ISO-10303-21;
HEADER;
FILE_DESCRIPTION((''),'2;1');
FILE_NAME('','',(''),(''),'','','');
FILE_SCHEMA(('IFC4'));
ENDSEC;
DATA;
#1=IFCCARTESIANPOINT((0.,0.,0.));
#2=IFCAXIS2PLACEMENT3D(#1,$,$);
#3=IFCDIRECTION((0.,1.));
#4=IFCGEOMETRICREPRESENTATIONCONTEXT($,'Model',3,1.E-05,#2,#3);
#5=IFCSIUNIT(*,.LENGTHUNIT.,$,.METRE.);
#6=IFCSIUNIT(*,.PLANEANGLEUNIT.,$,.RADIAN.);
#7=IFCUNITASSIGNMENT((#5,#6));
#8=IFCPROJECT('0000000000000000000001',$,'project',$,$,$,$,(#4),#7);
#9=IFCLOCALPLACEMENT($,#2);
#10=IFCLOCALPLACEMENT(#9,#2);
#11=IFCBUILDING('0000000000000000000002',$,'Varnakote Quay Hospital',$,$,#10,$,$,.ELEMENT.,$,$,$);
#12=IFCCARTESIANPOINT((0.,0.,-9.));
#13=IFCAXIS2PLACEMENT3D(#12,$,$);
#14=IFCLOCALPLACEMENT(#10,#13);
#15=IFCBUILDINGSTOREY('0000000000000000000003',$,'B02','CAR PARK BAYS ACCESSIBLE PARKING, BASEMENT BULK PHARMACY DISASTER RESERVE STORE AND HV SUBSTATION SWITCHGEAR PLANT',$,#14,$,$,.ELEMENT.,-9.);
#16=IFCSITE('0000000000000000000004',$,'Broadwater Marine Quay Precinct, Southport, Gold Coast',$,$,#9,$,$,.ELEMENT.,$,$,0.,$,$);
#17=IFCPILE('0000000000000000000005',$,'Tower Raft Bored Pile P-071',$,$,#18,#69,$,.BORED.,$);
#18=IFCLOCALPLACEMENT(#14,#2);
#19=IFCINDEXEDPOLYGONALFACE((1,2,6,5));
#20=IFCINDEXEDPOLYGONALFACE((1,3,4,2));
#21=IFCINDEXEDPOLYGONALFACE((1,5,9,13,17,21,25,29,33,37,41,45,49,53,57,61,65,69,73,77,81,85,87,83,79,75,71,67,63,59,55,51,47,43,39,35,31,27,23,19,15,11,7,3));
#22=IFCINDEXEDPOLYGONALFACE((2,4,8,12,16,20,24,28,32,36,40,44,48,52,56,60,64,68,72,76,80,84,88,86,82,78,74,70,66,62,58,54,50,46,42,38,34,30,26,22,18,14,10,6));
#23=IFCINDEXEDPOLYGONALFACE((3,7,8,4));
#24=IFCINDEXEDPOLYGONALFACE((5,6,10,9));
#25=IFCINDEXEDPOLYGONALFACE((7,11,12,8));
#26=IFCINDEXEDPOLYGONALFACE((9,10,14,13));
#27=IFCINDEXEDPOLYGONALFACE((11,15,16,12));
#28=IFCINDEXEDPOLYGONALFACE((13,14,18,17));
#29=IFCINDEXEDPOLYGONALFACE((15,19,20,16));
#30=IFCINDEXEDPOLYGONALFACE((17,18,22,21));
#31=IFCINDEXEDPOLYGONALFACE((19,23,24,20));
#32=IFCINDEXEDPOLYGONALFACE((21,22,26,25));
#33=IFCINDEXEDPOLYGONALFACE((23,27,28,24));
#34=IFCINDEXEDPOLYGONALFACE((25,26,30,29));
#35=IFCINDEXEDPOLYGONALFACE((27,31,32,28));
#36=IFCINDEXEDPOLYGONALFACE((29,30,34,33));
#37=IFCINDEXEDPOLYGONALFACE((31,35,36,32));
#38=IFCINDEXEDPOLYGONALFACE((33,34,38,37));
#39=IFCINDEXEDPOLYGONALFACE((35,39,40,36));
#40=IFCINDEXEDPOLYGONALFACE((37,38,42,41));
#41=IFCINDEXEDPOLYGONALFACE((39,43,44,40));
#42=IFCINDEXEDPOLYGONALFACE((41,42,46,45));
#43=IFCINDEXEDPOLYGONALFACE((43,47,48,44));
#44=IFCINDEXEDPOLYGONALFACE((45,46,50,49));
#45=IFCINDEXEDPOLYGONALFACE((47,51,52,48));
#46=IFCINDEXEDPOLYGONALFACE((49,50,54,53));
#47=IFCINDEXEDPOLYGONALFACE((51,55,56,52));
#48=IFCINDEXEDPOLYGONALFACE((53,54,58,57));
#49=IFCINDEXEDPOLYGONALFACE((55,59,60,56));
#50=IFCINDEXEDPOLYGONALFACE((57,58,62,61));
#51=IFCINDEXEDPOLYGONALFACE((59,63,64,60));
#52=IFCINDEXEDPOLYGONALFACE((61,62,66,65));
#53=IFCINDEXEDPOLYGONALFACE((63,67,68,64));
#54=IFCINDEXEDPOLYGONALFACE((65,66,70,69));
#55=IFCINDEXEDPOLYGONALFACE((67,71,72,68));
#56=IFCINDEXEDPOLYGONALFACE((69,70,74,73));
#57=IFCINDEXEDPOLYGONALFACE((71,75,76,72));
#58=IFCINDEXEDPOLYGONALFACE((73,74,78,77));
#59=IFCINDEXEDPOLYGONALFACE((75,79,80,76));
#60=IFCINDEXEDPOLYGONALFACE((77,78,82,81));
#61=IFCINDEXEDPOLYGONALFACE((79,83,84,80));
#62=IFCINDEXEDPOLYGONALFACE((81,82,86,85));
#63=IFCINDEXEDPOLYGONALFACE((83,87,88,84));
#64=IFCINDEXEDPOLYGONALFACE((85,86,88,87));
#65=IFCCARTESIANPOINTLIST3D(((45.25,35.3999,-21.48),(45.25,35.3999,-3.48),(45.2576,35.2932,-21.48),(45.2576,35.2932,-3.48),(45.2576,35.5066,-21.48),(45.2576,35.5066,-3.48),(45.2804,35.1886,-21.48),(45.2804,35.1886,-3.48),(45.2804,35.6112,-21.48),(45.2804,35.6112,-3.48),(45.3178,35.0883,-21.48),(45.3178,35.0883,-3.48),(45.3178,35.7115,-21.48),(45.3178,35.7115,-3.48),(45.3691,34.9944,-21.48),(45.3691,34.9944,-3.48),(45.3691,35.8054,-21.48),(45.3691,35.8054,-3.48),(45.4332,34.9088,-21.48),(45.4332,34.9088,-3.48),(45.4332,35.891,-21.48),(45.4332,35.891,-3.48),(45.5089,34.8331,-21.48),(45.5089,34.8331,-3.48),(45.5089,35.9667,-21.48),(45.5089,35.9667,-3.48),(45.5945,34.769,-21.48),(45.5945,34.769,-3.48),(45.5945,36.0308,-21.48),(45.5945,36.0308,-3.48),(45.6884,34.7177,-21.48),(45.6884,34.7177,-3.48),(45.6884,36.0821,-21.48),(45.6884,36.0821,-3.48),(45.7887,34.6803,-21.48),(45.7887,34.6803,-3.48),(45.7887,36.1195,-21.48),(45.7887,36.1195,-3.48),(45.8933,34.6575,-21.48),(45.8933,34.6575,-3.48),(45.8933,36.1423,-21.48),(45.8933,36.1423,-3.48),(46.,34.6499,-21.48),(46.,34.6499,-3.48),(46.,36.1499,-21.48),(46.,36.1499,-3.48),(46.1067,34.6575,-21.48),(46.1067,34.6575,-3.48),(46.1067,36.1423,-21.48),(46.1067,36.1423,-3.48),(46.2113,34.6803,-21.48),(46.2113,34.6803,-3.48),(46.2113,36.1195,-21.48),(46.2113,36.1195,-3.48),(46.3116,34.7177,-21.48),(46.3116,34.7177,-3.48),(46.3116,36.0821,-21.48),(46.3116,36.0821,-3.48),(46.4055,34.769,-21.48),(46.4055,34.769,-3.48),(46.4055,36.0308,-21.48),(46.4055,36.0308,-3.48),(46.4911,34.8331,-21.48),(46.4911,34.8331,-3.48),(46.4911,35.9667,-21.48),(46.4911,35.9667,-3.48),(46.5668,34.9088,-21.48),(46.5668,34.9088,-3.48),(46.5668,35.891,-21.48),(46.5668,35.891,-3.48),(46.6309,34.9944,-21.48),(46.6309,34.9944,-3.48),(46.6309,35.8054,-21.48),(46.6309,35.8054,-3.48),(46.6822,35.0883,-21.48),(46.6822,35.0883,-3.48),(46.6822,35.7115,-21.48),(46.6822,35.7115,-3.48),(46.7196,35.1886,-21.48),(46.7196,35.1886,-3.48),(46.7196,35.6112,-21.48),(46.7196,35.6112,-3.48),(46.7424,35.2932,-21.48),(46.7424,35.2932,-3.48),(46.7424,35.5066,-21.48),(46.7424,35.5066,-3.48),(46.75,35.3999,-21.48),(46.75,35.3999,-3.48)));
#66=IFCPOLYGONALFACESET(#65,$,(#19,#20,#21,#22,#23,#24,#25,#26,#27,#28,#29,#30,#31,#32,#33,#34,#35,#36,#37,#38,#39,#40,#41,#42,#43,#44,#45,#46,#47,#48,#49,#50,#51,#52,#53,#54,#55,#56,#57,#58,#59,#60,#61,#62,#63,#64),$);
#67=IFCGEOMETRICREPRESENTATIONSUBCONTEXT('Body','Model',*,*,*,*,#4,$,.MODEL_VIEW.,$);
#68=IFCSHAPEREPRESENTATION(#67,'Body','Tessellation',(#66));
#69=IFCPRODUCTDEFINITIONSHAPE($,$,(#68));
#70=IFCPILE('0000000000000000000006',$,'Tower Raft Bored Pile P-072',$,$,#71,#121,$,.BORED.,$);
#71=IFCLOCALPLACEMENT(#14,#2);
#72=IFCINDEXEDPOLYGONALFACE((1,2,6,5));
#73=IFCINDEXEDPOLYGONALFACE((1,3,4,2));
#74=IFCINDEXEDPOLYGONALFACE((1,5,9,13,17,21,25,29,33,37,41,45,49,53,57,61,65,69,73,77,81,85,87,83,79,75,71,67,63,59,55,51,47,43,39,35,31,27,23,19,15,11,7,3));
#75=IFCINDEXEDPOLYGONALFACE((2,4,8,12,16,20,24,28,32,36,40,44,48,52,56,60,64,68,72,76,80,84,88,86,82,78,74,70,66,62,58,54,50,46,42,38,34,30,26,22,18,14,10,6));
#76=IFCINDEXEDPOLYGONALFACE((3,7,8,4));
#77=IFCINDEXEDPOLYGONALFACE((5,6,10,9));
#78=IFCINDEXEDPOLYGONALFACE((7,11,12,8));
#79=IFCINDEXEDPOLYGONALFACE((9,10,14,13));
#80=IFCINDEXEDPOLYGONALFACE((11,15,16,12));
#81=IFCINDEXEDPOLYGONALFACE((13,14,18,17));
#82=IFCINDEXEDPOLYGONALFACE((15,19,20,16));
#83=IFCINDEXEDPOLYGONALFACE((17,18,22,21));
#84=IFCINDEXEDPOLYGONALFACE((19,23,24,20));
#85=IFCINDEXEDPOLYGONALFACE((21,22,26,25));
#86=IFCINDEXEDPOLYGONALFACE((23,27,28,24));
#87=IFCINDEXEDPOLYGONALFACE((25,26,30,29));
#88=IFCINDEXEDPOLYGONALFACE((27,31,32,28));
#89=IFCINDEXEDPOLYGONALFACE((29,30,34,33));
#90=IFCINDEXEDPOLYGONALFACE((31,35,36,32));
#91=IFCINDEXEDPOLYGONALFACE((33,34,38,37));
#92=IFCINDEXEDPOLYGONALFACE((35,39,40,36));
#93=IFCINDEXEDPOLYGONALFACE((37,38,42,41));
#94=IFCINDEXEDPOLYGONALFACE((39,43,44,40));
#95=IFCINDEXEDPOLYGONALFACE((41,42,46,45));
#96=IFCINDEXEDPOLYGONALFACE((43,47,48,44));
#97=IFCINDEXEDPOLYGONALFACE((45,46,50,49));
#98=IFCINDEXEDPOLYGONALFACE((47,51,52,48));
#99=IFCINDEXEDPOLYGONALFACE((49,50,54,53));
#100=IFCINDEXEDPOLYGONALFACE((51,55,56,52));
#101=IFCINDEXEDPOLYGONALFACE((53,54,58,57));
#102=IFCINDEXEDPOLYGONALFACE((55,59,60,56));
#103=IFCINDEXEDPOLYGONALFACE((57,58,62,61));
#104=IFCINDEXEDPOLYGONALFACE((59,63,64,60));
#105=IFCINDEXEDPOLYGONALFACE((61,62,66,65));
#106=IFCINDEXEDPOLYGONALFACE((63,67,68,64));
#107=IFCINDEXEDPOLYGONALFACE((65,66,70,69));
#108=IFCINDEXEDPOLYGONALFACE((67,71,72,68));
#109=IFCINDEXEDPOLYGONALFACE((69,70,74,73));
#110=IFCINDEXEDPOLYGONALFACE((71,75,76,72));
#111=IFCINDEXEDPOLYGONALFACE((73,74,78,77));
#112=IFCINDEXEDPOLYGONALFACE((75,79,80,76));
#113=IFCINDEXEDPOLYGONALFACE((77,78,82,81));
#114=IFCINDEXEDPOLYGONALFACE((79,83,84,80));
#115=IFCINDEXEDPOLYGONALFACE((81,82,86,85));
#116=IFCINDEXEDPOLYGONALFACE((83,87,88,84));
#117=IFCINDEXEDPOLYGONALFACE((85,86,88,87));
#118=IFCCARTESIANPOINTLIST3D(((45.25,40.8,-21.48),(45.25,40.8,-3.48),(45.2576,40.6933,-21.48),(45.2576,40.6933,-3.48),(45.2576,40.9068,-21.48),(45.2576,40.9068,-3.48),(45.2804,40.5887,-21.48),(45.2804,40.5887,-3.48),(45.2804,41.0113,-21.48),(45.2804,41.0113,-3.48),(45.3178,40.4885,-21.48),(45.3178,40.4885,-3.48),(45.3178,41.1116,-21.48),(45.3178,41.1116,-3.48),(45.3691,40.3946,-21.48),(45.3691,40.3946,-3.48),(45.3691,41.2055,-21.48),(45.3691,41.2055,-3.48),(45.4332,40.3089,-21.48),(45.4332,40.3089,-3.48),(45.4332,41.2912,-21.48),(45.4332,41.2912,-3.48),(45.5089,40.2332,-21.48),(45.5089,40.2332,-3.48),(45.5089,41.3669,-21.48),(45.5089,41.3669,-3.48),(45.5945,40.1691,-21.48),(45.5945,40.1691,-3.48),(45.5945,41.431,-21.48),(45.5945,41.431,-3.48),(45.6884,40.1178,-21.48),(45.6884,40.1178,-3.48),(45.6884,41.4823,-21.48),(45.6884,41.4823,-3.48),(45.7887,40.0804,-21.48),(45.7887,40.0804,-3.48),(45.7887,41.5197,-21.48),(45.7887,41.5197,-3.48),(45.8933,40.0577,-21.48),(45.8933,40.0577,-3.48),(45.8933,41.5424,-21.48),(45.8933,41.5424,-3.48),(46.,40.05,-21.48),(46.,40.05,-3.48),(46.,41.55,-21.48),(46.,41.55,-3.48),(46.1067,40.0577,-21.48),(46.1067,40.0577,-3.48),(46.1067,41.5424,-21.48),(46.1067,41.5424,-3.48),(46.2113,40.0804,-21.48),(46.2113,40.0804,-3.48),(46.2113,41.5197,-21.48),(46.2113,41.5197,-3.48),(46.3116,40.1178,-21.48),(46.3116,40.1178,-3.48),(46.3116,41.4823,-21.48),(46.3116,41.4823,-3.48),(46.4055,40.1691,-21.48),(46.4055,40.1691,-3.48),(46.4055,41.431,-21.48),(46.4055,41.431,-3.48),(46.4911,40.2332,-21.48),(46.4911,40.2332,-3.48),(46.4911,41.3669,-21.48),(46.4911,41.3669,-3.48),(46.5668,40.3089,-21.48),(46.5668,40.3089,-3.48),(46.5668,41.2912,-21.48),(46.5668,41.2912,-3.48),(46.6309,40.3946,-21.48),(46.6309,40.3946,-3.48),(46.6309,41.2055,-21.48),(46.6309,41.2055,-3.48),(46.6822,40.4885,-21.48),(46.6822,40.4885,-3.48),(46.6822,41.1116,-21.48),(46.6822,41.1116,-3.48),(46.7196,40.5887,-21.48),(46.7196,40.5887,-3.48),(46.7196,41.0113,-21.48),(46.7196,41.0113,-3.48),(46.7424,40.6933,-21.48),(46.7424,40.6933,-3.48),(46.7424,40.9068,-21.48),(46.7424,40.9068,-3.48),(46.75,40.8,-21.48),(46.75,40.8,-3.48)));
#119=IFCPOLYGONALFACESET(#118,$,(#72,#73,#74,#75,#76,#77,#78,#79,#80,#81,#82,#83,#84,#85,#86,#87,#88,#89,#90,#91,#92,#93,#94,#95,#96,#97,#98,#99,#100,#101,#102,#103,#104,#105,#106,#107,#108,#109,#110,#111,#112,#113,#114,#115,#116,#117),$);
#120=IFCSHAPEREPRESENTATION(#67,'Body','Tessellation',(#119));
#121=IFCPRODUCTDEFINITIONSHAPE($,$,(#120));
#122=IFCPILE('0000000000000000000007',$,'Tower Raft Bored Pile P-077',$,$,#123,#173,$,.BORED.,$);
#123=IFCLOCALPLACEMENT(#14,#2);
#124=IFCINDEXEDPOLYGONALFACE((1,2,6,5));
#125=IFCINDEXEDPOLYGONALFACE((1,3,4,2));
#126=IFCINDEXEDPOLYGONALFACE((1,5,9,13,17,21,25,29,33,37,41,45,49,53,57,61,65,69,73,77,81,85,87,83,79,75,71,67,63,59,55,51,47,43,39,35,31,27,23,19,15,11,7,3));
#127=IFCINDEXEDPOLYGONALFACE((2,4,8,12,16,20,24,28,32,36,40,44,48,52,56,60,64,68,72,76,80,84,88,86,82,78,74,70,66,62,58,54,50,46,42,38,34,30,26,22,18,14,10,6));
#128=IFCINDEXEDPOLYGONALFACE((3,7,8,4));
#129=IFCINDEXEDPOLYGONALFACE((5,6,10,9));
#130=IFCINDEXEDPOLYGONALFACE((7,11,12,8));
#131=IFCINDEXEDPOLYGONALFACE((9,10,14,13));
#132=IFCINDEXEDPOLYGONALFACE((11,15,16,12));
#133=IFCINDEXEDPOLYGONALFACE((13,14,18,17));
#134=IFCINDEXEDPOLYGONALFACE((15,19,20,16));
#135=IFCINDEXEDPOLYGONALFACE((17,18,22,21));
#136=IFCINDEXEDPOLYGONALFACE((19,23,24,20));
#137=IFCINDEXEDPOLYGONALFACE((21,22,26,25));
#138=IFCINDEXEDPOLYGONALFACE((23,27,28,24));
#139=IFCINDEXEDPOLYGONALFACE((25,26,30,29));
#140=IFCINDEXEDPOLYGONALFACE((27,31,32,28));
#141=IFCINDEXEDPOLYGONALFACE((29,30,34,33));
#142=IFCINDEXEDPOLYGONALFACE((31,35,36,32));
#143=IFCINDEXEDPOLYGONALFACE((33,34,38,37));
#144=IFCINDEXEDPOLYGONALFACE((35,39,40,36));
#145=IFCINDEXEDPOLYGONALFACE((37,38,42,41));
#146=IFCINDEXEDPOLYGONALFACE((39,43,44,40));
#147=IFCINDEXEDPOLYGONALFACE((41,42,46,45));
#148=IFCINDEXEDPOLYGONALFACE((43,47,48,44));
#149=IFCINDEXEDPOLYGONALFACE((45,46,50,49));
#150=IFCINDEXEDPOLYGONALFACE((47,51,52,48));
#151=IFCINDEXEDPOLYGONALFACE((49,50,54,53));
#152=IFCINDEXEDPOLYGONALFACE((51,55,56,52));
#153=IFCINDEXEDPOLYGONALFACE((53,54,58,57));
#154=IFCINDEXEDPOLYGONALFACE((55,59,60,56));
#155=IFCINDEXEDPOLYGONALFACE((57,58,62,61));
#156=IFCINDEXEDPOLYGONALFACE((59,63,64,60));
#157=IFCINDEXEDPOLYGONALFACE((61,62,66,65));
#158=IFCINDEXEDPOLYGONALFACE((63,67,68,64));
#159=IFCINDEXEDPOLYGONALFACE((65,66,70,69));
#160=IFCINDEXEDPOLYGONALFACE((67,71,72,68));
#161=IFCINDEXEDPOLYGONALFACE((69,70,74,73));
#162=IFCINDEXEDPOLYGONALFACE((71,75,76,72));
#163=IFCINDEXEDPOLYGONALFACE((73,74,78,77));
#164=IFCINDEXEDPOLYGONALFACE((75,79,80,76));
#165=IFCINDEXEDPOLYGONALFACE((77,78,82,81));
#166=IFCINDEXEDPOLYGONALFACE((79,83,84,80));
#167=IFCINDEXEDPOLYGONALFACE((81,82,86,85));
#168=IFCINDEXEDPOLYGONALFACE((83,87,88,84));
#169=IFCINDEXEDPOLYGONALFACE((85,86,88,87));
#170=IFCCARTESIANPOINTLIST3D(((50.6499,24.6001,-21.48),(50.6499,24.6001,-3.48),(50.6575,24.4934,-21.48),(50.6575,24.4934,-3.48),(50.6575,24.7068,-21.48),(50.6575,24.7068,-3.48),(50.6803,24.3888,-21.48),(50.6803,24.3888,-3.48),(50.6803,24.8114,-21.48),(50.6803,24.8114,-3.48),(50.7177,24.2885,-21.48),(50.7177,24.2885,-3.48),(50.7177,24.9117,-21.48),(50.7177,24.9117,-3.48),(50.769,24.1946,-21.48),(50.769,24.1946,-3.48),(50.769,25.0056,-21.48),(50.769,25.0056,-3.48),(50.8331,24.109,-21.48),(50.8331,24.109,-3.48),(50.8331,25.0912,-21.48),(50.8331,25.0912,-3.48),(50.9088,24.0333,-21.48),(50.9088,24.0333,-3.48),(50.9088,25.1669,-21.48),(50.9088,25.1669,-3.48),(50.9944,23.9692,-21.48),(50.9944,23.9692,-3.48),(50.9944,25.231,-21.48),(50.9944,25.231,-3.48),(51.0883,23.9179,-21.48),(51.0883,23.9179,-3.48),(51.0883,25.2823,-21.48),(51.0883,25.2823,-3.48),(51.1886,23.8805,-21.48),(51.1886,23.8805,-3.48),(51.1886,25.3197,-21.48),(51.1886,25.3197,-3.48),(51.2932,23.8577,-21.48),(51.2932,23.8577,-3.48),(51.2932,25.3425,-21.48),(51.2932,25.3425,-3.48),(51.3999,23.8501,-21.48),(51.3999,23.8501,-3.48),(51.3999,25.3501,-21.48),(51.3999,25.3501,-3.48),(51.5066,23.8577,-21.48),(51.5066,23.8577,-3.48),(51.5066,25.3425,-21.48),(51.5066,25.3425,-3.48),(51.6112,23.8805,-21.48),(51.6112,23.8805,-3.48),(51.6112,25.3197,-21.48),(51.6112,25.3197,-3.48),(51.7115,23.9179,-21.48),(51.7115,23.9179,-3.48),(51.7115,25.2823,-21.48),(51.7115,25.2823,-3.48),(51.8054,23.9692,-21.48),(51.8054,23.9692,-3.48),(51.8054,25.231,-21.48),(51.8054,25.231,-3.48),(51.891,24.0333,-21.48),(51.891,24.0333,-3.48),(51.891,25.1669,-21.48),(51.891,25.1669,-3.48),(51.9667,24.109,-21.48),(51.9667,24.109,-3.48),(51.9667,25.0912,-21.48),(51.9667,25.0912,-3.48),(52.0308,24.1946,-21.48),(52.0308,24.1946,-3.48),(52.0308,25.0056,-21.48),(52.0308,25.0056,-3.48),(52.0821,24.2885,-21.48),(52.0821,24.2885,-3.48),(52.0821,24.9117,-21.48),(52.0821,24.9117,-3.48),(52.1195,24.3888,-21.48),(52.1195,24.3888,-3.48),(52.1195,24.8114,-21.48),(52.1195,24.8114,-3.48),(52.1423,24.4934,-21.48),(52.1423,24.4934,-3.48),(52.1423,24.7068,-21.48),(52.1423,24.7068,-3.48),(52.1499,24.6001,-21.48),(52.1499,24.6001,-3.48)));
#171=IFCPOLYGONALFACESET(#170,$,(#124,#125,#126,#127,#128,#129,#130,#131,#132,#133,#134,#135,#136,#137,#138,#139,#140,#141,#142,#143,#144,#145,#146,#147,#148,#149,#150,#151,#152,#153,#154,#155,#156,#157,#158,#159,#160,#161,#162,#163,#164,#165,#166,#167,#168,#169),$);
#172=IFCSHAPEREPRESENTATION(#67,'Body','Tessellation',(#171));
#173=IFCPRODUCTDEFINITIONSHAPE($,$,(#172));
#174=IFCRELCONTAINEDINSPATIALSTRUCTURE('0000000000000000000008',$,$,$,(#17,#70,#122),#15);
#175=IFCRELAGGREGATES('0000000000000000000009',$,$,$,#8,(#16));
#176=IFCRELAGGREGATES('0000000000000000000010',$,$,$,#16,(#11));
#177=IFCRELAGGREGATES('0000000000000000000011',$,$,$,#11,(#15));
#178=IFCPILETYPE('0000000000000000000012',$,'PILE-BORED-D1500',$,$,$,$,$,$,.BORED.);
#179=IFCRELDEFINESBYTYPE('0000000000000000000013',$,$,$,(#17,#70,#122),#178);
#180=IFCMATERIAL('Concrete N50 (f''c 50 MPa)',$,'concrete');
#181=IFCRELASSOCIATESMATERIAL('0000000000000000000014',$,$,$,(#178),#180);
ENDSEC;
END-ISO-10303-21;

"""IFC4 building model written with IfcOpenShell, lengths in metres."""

from ifc_helpers import new_model, si_unit, direction, frame, origin, origin_2d, place, context, subcontext, project, spatial, circle, extrude, material, material_profile, profile_set, type_object, element, save


model = new_model("IFC4")

# Units and contexts
model_context = context("Model", 3, precision=1e-05, world=origin(), true_north=direction((0.0, 1.0)))
body_context = subcontext(model_context, "Body", "Model", "MODEL_VIEW")
ifc_project = project(units=[si_unit("LENGTHUNIT", "METRE"), si_unit("PLANEANGLEUNIT", "RADIAN")], contexts=[model_context])

# Site, building, storey
site_placement = place(None, origin())
site = spatial("IfcSite", under=ifc_project, at=site_placement, Name="Broadwater Marine Quay Precinct, Southport, Gold Coast", CompositionType="ELEMENT", RefElevation=0.0)
building_placement = place(site_placement, origin())
building = spatial("IfcBuilding", under=site, at=building_placement, Name="Varnakote Quay Hospital", CompositionType="ELEMENT")
storey_placement = place(building_placement, frame((0.0, 0.0, -9.0)))
storey = spatial("IfcBuildingStorey", under=building, at=storey_placement, Name="B02", Description="CAR PARK BAYS ACCESSIBLE PARKING, BASEMENT BULK PHARMACY DISASTER RESERVE STORE AND HV SUBSTATION SWITCHGEAR PLANT", CompositionType="ELEMENT", Elevation=-9.0)

# Piles
ifc_material_1 = material(Name="Concrete N50 (f'c 50 MPa)", Category="concrete")
ifc_material_profile_1 = material_profile(ifc_material_1, circle(Radius=0.75, at=origin_2d()), Name="PILE-D1500")
ifc_profile_set_1 = profile_set([ifc_material_profile_1], Name="Concrete N50 (f'c 50 MPa)")
pile_type_1 = type_object("IfcPileType", Name="PILE-BORED-D1500", PredefinedType="BORED", material=ifc_profile_set_1)
for number, where, z_axis, x_axis, name in (
    (1, (46.0, 35.3999, -3.48), (0.0, 0.0, -1.0), (1.0, 0.0, 0.0), "Tower Raft Bored Pile P-071"),
    (2, (46.0, 40.8, -3.48), (0.0, 0.0, -1.0), (1.0, 0.0, 0.0), "Tower Raft Bored Pile P-072"),
    (3, (51.3999, 24.6001, -3.48), (0.0, 0.0, -1.0), (1.0, 0.0, 0.0), "Tower Raft Bored Pile P-077"),
):
    element("IfcPile", number, at=place(storey_placement, frame(where, z_axis=z_axis, x_axis=x_axis)), inside=storey, type_object=pile_type_1, Name=name, PredefinedType="BORED", context=body_context, shape_type="SweptSolid", body=[
        extrude(circle(Radius=0.75, at=origin_2d()), origin(), (0.0, 0.0, 1.0), 18.0),
    ])

save(model, "model.ifc")
